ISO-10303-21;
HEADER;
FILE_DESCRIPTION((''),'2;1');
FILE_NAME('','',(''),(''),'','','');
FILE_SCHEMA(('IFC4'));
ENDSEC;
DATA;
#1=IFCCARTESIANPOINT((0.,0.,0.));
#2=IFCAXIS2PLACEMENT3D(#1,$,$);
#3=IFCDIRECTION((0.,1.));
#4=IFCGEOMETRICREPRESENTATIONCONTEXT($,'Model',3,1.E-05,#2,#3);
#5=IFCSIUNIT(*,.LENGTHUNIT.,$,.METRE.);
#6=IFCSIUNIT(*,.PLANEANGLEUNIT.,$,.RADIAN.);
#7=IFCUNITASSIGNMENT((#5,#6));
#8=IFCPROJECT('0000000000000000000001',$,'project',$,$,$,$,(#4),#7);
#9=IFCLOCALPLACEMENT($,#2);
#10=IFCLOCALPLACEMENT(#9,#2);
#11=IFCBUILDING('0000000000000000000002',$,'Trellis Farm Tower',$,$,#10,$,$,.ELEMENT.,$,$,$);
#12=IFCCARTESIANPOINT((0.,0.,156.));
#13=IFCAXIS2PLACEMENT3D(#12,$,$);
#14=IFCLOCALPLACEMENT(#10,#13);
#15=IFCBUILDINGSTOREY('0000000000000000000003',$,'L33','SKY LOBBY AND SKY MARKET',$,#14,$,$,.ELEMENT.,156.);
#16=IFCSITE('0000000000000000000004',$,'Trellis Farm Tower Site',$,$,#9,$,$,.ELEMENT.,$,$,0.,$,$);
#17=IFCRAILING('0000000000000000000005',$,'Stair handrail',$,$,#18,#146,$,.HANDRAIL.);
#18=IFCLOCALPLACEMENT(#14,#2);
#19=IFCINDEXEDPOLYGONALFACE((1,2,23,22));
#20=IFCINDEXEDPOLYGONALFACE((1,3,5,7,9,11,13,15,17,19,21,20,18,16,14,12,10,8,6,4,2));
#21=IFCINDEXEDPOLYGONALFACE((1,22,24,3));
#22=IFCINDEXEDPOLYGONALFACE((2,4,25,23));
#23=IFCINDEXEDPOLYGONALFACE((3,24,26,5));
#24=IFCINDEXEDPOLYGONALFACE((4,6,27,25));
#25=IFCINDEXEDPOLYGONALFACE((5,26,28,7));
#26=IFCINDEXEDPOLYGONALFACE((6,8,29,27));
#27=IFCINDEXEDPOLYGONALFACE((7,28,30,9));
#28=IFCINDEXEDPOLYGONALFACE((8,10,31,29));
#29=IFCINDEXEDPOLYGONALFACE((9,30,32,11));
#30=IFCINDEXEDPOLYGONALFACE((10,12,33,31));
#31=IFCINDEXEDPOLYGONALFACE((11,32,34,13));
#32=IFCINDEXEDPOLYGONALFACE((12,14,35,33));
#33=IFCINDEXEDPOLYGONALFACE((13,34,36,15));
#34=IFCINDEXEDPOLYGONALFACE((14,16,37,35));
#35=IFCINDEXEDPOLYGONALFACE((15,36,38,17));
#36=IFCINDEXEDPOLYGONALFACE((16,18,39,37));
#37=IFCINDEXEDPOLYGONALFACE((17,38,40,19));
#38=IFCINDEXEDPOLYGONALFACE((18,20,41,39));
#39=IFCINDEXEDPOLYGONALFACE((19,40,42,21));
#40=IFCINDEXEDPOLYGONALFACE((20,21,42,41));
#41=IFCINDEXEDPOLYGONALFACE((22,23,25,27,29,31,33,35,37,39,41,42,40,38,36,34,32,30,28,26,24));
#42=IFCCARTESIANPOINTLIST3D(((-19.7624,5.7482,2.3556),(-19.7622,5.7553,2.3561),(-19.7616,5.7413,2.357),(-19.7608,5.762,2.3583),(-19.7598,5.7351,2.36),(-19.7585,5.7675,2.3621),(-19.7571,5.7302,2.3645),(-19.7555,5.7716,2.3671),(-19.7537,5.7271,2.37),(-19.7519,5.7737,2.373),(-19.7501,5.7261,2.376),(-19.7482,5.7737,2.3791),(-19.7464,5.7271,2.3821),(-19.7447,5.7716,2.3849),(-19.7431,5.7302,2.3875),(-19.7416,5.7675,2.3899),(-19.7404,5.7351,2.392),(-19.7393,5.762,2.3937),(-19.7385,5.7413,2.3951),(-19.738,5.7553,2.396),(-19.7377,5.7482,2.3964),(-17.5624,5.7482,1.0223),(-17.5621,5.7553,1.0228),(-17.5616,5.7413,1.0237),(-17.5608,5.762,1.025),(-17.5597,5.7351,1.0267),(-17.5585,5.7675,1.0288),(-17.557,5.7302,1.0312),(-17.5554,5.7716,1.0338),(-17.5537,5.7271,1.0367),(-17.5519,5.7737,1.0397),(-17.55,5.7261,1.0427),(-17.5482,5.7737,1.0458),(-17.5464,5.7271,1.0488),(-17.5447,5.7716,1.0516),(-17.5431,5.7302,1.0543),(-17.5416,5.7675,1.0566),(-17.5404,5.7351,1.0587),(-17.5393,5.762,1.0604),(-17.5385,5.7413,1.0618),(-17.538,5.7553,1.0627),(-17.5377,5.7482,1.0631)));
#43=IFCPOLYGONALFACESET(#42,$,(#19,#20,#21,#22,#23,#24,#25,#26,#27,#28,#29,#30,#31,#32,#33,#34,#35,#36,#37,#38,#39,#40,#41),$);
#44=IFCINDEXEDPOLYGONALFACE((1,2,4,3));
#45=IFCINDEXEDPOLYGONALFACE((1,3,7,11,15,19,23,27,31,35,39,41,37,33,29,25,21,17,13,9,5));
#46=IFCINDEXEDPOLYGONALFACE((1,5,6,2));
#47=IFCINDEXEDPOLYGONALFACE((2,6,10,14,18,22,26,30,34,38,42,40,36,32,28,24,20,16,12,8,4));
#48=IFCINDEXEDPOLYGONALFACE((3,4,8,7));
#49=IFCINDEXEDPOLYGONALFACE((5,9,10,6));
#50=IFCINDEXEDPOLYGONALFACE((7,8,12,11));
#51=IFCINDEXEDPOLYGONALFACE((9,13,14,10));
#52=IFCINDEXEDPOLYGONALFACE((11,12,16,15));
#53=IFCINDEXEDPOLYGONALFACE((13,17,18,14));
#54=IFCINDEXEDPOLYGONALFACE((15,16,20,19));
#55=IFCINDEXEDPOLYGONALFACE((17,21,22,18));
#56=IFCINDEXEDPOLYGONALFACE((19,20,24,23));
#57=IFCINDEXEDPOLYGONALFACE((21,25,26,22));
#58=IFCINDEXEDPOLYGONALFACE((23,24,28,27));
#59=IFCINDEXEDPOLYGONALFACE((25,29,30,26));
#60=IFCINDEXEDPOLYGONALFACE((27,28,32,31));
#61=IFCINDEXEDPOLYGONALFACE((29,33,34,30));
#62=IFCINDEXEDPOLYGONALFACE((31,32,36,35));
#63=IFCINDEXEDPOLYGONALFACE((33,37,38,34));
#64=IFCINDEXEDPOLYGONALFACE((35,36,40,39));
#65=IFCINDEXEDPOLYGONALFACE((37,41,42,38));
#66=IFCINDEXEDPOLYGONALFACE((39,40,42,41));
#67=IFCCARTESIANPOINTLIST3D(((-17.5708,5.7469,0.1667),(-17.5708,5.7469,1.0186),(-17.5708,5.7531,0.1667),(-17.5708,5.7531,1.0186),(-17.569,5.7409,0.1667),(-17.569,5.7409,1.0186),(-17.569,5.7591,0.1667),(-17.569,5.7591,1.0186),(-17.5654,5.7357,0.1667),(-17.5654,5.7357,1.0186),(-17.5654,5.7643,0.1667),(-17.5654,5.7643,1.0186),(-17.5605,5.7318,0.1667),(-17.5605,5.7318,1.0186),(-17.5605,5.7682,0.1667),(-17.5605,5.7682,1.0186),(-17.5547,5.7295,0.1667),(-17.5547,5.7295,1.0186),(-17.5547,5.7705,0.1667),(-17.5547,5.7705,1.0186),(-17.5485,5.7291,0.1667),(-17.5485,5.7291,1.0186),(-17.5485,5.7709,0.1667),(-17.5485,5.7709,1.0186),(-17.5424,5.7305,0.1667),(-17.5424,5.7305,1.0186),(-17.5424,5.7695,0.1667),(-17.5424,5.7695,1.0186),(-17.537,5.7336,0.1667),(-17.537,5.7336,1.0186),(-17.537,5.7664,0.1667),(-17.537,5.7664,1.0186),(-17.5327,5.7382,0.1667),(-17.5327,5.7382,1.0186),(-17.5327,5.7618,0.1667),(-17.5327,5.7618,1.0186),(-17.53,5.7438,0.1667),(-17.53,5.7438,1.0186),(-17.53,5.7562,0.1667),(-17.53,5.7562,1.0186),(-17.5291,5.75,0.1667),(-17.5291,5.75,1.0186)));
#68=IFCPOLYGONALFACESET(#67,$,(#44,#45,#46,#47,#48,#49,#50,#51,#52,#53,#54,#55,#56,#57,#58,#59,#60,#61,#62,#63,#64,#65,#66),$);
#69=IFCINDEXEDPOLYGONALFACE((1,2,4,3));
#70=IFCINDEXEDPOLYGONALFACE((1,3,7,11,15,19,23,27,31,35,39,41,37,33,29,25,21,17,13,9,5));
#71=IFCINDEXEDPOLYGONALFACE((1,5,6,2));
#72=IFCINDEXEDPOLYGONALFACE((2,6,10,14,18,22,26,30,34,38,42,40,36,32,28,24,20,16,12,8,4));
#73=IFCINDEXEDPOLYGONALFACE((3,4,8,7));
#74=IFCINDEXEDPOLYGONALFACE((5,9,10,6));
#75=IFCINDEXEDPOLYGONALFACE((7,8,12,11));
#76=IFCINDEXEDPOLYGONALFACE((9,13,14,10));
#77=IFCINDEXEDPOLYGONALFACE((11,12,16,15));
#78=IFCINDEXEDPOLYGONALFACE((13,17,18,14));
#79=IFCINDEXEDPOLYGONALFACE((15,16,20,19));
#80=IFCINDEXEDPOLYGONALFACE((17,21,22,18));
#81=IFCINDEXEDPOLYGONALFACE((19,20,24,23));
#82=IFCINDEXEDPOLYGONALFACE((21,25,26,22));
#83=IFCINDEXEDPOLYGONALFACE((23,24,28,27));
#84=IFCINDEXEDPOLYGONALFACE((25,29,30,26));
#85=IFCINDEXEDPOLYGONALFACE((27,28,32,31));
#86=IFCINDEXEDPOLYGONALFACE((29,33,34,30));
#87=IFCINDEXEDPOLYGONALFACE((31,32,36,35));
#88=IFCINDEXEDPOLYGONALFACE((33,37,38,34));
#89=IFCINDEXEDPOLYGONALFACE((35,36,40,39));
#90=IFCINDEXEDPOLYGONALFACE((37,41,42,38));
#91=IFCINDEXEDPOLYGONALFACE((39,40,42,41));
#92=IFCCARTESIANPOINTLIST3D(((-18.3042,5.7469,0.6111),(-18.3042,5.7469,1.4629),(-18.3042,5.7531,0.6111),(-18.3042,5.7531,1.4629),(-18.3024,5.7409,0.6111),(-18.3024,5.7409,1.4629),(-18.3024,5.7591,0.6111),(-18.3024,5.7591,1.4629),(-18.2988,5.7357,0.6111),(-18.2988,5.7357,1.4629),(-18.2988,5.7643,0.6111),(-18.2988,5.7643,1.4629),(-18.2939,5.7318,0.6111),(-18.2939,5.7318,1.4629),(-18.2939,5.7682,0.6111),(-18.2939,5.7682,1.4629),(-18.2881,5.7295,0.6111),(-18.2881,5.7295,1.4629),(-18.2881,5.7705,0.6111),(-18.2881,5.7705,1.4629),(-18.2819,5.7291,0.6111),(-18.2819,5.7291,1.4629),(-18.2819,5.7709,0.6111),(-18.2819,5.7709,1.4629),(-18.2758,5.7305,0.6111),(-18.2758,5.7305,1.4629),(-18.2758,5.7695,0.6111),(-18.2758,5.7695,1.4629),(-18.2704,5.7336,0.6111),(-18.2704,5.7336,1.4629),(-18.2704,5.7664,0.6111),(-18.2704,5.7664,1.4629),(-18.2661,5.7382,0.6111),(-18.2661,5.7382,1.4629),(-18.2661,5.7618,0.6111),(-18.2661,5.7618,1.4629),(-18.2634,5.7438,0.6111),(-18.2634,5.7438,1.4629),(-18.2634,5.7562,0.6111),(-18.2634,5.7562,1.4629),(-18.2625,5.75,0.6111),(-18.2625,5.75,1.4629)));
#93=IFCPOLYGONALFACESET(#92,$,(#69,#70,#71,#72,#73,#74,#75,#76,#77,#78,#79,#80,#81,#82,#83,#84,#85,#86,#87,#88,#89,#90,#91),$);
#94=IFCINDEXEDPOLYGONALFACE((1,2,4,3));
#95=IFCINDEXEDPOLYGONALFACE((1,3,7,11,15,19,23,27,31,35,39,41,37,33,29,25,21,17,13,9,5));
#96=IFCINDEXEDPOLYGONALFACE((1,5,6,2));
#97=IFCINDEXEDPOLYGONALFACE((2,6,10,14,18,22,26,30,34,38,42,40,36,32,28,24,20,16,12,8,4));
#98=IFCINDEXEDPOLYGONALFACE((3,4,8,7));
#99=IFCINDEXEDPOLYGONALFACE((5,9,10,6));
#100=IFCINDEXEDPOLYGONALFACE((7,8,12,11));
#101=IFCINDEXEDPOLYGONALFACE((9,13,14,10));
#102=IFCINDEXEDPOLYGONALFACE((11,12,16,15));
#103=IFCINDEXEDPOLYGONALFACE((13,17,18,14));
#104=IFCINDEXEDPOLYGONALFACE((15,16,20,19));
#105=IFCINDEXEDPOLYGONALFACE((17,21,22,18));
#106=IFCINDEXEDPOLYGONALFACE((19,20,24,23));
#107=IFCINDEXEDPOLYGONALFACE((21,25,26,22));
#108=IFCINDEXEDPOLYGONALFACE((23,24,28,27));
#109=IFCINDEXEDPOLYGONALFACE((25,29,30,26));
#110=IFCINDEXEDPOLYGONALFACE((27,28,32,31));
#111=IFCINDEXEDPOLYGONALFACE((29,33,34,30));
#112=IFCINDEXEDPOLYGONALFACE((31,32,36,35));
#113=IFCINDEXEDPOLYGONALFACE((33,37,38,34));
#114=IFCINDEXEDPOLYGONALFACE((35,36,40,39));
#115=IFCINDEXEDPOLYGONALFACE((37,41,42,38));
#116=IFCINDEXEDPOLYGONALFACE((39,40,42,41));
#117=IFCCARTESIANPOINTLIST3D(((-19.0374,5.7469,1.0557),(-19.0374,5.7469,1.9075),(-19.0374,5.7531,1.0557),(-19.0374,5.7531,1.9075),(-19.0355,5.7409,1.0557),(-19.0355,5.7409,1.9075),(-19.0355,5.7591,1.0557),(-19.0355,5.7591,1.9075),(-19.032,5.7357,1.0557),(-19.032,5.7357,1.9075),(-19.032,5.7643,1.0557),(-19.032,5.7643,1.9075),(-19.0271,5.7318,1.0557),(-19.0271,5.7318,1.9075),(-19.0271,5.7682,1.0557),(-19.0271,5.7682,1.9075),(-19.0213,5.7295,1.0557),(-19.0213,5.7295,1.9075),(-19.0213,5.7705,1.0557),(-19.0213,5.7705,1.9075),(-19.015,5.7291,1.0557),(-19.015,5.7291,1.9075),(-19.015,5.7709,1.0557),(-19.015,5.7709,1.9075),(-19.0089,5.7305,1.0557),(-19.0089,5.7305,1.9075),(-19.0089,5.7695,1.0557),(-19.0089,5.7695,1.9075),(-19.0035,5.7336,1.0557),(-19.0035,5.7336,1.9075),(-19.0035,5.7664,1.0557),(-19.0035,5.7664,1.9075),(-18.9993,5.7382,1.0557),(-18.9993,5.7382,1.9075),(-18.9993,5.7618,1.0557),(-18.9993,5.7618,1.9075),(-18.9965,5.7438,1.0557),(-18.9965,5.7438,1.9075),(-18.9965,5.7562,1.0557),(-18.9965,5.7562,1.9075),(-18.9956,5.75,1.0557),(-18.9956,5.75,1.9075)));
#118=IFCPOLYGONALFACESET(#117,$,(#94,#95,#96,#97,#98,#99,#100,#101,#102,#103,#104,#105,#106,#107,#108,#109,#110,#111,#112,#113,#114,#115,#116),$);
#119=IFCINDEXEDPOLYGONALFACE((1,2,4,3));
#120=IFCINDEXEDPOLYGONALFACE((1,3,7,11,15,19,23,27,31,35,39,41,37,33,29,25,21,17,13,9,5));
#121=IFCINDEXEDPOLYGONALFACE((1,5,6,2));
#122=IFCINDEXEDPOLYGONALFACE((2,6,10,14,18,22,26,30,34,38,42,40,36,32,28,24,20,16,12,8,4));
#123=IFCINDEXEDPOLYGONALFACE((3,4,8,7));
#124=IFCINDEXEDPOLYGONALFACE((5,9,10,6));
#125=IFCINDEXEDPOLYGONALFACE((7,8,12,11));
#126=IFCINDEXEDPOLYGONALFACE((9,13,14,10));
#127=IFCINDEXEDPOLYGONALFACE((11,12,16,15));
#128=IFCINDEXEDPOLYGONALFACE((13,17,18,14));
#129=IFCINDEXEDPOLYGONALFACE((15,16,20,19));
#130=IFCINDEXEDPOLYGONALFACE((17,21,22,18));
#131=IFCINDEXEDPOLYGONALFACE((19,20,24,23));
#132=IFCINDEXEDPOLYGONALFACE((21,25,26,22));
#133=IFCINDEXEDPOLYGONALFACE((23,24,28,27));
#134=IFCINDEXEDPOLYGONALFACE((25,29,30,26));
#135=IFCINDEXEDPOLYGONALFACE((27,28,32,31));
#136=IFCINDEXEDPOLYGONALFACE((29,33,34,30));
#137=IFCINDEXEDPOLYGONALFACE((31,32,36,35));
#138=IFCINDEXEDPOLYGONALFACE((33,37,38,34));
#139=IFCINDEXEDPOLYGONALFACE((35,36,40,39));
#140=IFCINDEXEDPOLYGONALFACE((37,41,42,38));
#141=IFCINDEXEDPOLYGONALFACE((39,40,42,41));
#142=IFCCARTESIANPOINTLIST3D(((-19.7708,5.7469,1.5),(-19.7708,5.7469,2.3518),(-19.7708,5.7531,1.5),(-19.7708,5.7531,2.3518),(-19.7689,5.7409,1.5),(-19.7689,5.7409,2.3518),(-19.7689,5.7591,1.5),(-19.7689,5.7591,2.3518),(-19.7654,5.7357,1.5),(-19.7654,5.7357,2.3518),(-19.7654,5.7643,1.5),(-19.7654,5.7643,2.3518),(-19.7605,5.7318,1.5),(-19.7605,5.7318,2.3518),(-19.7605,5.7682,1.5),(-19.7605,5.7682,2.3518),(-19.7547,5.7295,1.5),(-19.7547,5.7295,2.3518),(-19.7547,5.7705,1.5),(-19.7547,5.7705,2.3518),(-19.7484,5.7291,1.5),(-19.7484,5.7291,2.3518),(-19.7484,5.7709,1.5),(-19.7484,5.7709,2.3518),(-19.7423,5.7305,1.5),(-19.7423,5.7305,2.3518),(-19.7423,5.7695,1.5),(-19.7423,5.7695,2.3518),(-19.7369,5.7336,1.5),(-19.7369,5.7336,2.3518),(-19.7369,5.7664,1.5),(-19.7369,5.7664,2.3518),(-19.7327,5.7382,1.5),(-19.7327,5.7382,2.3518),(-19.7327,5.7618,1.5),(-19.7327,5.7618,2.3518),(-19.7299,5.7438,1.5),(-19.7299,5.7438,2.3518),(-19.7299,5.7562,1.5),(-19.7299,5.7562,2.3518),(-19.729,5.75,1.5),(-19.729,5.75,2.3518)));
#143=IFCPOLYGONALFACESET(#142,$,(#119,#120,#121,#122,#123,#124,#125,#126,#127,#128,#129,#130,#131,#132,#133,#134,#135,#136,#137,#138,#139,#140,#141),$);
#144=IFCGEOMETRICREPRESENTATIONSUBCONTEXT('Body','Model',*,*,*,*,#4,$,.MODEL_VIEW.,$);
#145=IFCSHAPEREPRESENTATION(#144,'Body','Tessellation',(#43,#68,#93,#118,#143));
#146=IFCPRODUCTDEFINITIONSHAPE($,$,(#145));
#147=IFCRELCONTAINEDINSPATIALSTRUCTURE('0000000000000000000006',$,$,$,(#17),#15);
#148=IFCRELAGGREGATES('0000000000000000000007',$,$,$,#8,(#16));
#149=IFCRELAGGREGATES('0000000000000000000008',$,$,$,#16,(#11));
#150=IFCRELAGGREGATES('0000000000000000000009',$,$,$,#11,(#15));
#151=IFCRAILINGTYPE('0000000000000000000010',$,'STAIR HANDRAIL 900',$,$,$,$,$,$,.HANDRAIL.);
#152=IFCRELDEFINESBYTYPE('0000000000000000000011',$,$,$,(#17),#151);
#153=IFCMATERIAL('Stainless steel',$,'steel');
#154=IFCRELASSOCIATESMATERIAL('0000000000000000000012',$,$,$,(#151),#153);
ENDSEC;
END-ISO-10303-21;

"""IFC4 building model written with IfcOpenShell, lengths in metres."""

from ifc_helpers import new_model, si_unit, direction, frame, origin, origin_2d, place, context, subcontext, project, spatial, circle, extrude, source, transform, mapped, material, type_object, element, save


model = new_model("IFC4")

# Units and contexts
model_context = context("Model", 3, precision=1e-05, world=origin(), true_north=direction((0.0, 1.0)))
body_context = subcontext(model_context, "Body", "Model", "MODEL_VIEW")
ifc_project = project(units=[si_unit("LENGTHUNIT", "METRE"), si_unit("PLANEANGLEUNIT", "RADIAN")], contexts=[model_context])

# Site, building, storey
site_placement = place(None, origin())
site = spatial("IfcSite", under=ifc_project, at=site_placement, Name="Trellis Farm Tower Site", CompositionType="ELEMENT", RefElevation=0.0)
building_placement = place(site_placement, origin())
building = spatial("IfcBuilding", under=site, at=building_placement, Name="Trellis Farm Tower", CompositionType="ELEMENT")
storey_placement = place(building_placement, frame((0.0, 0.0, 156.0)))
storey = spatial("IfcBuildingStorey", under=building, at=storey_placement, Name="L33", Description="SKY LOBBY AND SKY MARKET", CompositionType="ELEMENT", Elevation=156.0)

# Shared definitions
ifc_material_1 = material(Name="Stainless steel", Category="steel")

# Railing
railing_type = type_object("IfcRailingType", Name="STAIR HANDRAIL 900", PredefinedType="HANDRAIL", material=ifc_material_1)
shared_shape_1 = source(origin(), body_context, "Body", "SweptSolid", [
    extrude(circle(Radius=0.0239, at=origin_2d()), frame((0.0, 0.0, 0.876), z_axis=(-0.855207, 0.0, 0.518287), x_axis=(0.0, -1.0, 0.0)), (0.0, 0.0, 1.0), 2.5725),
    extrude(circle(Radius=0.021, at=origin_2d()), origin(), (0.0, 0.0, 1.0), 0.8518),
    extrude(circle(Radius=0.021, at=origin_2d()), frame((-0.7334, 0.0, 0.4443)), (0.0, 0.0, 1.0), 0.8518),
    extrude(circle(Radius=0.021, at=origin_2d()), frame((-1.4666, 0.0, 0.8889)), (0.0, 0.0, 1.0), 0.8518),
    extrude(circle(Radius=0.021, at=origin_2d()), frame((-2.2, 0.0, 1.3333)), (0.0, 0.0, 1.0), 0.8518),
])
for number, where, name in (
    (1, (-17.55, 5.75, 0.1667), "Stair handrail"),
):
    element("IfcRailing", number, at=place(storey_placement, frame(where)), inside=storey, type_object=railing_type, Name=name, PredefinedType="HANDRAIL", context=body_context, shape_type="MappedRepresentation", body=[
        mapped(shared_shape_1, transform((0.0, 0.0, 0.0))),
    ])

save(model, "model.ifc")
